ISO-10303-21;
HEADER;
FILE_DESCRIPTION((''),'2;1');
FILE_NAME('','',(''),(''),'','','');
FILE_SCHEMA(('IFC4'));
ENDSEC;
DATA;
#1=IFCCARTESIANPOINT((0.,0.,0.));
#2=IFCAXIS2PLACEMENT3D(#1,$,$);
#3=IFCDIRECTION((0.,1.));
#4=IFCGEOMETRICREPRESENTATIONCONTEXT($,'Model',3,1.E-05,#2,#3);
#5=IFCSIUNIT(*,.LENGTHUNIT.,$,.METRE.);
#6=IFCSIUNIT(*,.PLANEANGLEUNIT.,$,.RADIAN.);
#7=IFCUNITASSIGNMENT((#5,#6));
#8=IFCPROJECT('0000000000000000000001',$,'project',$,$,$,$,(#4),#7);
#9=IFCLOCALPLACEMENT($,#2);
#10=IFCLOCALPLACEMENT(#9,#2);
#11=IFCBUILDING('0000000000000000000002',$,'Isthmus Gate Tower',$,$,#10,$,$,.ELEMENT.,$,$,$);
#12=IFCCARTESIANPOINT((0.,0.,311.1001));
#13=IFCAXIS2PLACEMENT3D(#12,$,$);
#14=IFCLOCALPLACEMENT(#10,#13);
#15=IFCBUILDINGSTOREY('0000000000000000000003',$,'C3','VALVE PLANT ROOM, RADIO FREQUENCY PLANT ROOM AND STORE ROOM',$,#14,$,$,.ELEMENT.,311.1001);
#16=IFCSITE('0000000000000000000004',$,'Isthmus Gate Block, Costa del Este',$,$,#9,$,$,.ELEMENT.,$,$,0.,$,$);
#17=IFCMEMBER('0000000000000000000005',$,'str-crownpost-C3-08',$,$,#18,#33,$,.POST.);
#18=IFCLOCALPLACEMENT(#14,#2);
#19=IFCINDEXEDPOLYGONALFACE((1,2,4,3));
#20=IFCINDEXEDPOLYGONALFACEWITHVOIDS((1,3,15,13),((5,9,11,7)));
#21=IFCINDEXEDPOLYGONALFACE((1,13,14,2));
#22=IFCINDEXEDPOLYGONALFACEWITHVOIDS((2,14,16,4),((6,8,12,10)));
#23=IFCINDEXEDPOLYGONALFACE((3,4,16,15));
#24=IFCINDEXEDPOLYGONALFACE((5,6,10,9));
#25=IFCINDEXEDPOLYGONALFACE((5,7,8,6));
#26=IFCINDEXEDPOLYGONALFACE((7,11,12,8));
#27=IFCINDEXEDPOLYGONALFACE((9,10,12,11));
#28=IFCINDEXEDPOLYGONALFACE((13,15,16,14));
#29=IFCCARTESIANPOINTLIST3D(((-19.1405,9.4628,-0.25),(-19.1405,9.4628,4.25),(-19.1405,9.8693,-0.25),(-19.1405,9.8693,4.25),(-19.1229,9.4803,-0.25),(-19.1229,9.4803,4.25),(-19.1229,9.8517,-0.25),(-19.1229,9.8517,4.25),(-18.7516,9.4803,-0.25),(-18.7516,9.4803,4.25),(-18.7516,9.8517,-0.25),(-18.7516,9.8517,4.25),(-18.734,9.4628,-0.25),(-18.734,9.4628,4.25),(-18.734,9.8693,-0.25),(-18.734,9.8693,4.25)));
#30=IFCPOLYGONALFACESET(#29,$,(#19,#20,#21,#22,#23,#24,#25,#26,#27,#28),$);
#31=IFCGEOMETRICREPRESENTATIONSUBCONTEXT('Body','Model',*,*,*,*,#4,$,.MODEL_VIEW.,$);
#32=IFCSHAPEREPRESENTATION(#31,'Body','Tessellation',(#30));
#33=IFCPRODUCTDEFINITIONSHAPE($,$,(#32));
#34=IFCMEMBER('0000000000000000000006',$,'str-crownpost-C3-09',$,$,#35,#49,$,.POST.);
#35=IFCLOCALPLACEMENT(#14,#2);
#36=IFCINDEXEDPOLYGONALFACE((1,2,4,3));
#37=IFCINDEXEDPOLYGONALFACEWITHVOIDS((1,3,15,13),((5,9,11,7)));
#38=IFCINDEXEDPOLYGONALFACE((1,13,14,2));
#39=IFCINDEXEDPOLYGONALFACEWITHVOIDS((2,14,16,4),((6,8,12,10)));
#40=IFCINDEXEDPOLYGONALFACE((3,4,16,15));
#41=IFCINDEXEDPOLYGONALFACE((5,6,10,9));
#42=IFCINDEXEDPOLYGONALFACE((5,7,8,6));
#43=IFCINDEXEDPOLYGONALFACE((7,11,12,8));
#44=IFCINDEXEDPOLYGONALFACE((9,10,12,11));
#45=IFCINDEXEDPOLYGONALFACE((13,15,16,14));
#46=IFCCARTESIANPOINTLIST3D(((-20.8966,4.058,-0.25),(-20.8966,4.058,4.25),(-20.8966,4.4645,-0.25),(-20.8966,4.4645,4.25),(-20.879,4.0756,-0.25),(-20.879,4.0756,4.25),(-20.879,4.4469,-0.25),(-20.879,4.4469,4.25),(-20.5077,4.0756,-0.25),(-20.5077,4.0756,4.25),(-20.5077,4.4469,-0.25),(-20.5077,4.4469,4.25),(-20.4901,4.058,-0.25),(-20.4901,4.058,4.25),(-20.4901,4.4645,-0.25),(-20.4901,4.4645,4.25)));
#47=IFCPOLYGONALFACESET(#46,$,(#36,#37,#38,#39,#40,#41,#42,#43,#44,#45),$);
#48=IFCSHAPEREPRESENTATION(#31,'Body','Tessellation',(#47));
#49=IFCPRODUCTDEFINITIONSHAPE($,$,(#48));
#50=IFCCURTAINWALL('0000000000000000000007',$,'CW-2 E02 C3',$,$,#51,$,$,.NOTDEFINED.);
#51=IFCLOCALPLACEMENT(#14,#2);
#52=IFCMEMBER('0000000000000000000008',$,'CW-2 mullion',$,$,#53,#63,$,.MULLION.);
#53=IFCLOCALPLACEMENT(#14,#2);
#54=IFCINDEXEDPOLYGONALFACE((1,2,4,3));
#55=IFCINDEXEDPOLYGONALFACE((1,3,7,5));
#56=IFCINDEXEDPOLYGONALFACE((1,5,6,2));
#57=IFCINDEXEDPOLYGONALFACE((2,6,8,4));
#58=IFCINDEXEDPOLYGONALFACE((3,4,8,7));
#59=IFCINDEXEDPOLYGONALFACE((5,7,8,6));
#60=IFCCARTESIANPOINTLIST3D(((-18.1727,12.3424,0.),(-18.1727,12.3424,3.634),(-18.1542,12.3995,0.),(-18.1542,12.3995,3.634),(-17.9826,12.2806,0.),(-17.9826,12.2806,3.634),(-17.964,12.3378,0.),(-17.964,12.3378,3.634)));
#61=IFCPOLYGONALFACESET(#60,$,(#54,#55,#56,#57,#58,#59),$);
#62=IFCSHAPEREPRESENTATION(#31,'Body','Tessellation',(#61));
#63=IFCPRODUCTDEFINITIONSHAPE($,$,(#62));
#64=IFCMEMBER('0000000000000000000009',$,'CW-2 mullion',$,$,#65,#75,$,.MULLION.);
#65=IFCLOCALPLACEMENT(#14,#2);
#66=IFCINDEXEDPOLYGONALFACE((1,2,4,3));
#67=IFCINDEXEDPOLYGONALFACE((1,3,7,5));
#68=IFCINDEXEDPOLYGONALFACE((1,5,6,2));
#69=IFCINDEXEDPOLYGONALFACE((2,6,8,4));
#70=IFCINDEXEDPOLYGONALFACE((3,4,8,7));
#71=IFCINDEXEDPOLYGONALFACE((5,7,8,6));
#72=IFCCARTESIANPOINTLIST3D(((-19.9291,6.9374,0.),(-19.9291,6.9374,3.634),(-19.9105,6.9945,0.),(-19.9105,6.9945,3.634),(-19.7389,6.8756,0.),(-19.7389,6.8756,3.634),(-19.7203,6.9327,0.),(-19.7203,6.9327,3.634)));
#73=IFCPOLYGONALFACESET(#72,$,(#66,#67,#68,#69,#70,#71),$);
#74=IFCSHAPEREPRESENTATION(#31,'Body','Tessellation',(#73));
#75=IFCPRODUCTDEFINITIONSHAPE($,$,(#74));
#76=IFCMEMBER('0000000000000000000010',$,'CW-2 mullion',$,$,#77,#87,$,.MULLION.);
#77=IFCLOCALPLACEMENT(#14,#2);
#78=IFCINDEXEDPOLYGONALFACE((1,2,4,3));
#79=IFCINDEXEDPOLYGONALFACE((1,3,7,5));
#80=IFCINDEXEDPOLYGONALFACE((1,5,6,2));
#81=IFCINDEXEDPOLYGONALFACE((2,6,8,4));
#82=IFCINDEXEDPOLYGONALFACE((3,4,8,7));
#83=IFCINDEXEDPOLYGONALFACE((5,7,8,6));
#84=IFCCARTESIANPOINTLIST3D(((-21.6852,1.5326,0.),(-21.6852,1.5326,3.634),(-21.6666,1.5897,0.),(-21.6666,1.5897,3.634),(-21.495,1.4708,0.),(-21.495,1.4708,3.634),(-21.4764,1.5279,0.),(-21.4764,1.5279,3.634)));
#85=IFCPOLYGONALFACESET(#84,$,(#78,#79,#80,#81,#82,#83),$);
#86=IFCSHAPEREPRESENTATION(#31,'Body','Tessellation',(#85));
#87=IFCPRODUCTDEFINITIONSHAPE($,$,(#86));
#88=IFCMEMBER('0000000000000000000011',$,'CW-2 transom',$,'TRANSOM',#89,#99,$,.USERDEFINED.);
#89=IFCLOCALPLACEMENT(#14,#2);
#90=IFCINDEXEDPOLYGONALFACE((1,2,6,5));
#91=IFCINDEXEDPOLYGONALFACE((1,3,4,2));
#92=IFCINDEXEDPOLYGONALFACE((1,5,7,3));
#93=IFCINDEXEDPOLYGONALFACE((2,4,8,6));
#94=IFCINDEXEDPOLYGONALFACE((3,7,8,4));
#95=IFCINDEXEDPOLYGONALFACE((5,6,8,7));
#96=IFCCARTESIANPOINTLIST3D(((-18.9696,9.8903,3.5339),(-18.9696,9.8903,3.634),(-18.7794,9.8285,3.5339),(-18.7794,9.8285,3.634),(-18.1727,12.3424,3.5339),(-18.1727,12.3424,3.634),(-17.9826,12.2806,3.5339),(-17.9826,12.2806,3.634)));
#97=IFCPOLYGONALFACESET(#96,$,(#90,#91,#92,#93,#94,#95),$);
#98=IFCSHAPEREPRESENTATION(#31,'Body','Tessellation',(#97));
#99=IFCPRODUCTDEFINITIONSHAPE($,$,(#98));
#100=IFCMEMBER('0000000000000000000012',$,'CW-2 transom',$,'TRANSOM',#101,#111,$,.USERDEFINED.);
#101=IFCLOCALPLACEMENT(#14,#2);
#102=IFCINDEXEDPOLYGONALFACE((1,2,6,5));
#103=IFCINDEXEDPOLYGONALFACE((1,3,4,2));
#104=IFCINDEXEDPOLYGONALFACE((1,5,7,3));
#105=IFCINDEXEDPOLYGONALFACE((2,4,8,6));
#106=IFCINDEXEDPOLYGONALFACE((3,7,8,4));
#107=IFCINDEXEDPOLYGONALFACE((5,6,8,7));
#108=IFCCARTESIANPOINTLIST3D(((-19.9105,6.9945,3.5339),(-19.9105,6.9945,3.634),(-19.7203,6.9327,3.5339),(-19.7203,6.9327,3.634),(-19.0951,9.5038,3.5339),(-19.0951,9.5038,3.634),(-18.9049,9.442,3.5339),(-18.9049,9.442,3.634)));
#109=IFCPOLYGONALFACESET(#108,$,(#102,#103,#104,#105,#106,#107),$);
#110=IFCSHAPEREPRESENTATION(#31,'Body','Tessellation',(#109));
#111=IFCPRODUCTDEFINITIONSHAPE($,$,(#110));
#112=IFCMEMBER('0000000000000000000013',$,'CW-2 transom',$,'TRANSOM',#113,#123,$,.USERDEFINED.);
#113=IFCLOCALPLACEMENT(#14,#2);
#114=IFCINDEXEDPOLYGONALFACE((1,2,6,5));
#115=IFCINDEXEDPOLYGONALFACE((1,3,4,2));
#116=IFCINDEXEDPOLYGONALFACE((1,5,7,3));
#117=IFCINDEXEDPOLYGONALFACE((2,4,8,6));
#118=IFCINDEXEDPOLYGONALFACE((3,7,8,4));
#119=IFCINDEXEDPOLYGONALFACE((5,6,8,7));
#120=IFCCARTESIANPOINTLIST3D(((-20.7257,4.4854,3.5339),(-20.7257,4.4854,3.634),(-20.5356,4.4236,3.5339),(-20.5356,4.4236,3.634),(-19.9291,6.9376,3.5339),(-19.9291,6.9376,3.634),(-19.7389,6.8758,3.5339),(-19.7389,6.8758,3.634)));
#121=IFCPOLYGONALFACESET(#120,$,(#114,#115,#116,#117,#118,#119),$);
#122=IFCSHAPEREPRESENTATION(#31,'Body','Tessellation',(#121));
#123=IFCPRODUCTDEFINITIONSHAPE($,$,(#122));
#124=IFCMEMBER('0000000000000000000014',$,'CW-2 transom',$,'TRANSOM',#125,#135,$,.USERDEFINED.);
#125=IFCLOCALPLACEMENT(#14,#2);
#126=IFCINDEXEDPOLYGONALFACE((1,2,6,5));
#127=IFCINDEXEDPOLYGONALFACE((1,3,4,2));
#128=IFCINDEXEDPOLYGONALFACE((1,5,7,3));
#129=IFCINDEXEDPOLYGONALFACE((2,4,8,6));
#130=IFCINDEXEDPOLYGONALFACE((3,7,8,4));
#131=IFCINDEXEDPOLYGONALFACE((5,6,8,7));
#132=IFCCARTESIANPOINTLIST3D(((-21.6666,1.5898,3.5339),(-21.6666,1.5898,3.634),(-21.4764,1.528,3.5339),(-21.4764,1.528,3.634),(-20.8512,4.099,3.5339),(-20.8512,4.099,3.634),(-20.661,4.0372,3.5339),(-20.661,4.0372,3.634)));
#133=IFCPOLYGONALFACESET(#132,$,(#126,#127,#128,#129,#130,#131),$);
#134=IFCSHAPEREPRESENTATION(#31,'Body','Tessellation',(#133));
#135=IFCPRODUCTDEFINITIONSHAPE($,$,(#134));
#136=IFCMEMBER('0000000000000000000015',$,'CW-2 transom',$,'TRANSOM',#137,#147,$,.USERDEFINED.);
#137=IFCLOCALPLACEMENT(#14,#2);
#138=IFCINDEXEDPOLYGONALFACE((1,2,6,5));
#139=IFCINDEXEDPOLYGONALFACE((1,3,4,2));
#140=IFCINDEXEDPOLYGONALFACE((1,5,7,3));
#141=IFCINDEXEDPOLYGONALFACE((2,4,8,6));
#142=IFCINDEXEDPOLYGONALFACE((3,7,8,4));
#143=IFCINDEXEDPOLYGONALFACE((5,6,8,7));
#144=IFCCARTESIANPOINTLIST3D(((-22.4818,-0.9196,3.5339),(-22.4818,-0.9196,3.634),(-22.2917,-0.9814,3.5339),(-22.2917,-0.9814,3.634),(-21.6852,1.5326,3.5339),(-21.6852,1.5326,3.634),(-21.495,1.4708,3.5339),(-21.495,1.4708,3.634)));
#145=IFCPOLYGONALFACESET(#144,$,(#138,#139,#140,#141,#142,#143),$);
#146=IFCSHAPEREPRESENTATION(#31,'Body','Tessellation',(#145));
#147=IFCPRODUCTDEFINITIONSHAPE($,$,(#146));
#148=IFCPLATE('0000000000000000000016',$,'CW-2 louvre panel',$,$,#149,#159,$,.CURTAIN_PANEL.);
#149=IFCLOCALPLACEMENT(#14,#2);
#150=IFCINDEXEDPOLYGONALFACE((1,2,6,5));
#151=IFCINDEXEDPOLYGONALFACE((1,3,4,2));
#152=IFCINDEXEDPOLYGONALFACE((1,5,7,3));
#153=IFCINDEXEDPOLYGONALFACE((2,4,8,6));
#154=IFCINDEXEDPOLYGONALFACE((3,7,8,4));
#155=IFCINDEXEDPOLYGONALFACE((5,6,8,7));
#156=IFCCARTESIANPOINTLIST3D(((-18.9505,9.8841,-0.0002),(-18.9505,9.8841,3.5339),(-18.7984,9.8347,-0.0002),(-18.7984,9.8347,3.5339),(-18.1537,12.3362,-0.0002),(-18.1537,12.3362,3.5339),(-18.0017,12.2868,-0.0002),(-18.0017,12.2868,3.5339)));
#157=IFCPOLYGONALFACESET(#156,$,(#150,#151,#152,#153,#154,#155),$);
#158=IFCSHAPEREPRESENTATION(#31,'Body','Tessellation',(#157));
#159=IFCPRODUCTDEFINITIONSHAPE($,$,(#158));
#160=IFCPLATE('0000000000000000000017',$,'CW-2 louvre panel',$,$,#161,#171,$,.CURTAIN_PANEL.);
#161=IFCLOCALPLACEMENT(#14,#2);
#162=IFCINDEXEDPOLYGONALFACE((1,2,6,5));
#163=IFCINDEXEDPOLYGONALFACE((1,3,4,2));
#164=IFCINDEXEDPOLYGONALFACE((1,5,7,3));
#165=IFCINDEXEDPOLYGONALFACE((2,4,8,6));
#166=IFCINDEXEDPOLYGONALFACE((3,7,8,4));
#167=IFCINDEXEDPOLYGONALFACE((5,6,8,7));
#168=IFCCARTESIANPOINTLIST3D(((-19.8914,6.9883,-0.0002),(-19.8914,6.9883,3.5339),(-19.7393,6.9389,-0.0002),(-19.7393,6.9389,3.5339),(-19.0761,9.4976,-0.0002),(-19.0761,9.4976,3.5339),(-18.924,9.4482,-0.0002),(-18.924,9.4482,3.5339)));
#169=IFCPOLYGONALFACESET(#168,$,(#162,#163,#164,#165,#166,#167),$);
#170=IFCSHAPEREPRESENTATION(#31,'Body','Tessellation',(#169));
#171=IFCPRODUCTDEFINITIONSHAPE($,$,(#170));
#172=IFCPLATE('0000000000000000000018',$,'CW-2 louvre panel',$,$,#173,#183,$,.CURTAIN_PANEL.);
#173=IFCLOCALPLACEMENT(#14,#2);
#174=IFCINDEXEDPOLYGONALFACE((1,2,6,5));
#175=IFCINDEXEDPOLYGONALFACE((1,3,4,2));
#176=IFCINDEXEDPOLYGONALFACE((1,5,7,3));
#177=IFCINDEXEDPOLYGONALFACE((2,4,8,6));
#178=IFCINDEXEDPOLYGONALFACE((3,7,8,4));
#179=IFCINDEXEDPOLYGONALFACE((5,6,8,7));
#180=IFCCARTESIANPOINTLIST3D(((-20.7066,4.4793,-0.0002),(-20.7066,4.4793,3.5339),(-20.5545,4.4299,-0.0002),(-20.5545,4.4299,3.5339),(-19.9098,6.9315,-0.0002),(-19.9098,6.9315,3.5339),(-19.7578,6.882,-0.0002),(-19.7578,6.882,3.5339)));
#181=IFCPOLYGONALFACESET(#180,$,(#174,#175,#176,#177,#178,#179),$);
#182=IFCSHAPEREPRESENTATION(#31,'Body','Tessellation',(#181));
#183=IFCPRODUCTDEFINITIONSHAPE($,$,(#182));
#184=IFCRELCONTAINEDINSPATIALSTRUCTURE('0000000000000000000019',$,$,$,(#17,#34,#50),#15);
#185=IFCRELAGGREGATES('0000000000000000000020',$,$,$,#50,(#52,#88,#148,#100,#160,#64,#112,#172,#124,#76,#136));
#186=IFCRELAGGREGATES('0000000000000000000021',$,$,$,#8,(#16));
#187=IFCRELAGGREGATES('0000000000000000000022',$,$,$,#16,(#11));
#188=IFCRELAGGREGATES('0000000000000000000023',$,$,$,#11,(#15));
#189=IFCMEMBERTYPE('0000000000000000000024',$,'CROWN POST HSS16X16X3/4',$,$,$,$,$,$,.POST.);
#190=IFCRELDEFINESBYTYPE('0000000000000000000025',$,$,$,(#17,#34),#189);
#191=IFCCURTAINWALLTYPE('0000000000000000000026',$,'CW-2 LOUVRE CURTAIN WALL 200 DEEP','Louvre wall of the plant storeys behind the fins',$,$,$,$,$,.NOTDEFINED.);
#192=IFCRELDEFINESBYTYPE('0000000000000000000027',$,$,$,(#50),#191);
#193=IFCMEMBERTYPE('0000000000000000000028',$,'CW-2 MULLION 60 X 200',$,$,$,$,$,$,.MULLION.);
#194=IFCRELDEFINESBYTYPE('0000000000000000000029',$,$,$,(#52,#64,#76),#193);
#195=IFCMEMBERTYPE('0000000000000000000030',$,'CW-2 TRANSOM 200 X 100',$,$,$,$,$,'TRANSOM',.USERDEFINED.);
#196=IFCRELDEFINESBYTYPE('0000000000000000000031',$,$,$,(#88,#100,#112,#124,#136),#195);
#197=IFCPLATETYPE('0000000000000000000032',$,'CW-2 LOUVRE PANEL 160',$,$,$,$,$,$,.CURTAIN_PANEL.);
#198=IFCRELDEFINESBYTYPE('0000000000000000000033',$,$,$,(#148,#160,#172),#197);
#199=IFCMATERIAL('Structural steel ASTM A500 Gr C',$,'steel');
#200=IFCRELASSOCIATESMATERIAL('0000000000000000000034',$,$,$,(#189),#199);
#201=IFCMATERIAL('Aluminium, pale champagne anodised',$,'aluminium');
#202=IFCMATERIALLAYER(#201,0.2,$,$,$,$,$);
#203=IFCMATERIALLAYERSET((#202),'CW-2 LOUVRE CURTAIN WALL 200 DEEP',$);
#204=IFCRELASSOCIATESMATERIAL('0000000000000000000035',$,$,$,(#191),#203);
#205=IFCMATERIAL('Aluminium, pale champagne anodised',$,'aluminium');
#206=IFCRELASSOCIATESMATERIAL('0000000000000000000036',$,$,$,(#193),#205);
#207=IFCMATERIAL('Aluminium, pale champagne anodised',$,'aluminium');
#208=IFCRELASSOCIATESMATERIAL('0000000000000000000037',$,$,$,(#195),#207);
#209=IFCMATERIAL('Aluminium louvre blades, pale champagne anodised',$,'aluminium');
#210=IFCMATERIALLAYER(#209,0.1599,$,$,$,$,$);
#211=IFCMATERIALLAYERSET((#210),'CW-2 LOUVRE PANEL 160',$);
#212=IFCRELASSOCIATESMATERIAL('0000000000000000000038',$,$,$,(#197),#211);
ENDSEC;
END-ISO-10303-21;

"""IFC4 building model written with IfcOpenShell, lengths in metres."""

from ifc_helpers import new_model, si_unit, direction, frame, origin, origin_2d, place, context, subcontext, project, spatial, rectangle, hollow_rectangle, extrude, material, layer, layer_set, material_profile, profile_set, type_object, element, aggregate, save


model = new_model("IFC4")

# Units and contexts
model_context = context("Model", 3, precision=1e-05, world=origin(), true_north=direction((0.0, 1.0)))
body_context = subcontext(model_context, "Body", "Model", "MODEL_VIEW")
ifc_project = project(units=[si_unit("LENGTHUNIT", "METRE"), si_unit("PLANEANGLEUNIT", "RADIAN")], contexts=[model_context])

# Site, building, storey
site_placement = place(None, origin())
site = spatial("IfcSite", under=ifc_project, at=site_placement, Name="Isthmus Gate Block, Costa del Este", CompositionType="ELEMENT", RefElevation=0.0)
building_placement = place(site_placement, origin())
building = spatial("IfcBuilding", under=site, at=building_placement, Name="Isthmus Gate Tower", CompositionType="ELEMENT")
storey_placement = place(building_placement, frame((0.0, 0.0, 311.1001)))
storey = spatial("IfcBuildingStorey", under=building, at=storey_placement, Name="C3", Description="VALVE PLANT ROOM, RADIO FREQUENCY PLANT ROOM AND STORE ROOM", CompositionType="ELEMENT", Elevation=311.1001)

# Members
ifc_material_1 = material(Name="Structural steel ASTM A500 Gr C", Category="steel")
ifc_material_profile_1 = material_profile(ifc_material_1, hollow_rectangle(XDim=0.4065, YDim=0.4065, WallThickness=0.0176, at=origin_2d()), Name="HSS16X16X3/4")
ifc_profile_set_1 = profile_set([ifc_material_profile_1], Name="Structural steel ASTM A500 Gr C")
member_type_1 = type_object("IfcMemberType", Name="CROWN POST HSS16X16X3/4", PredefinedType="POST", material=ifc_profile_set_1)
for number, where, z_axis, x_axis, name in (
    (1, (-18.9373, 9.666, -0.25), (0.0, 0.0, 1.0), (1.0, 0.0, 0.0), "str-crownpost-C3-08"),
    (2, (-20.6934, 4.2612, -0.25), (0.0, 0.0, 1.0), (1.0, 0.0, 0.0), "str-crownpost-C3-09"),
):
    element("IfcMember", number, at=place(storey_placement, frame(where, z_axis=z_axis, x_axis=x_axis)), inside=storey, type_object=member_type_1, Name=name, PredefinedType="POST", context=body_context, shape_type="SweptSolid", body=[
        extrude(hollow_rectangle(XDim=0.4065, YDim=0.4065, WallThickness=0.0176, at=origin_2d()), origin(), (0.0, 0.0, 1.0), 4.5),
    ])

# Curtain wall, members, plates
ifc_material_2 = material(Name="Aluminium, pale champagne anodised", Category="aluminium")
ifc_layer_1 = layer(ifc_material_2, 0.2)
ifc_layer_set_1 = layer_set([ifc_layer_1], Name="CW-2 LOUVRE CURTAIN WALL 200 DEEP")
curtain_wall_type = type_object("IfcCurtainWallType", Name="CW-2 LOUVRE CURTAIN WALL 200 DEEP", Description="Louvre wall of the plant storeys behind the fins", PredefinedType="NOTDEFINED", material=ifc_layer_set_1)
curtain_wall_placement = place(storey_placement, origin())
curtain_wall = element("IfcCurtainWall", 3, at=curtain_wall_placement, inside=storey, type_object=curtain_wall_type, Name="CW-2 E02 C3", PredefinedType="NOTDEFINED")
ifc_material_3 = material(Name="Aluminium, pale champagne anodised", Category="aluminium")
ifc_material_profile_2 = material_profile(ifc_material_3, rectangle(XDim=0.0601, YDim=0.2, at=origin_2d()), Name="60x200")
ifc_profile_set_2 = profile_set([ifc_material_profile_2], Name="Aluminium, pale champagne anodised")
member_type_2 = type_object("IfcMemberType", Name="CW-2 MULLION 60 X 200", PredefinedType="MULLION", material=ifc_profile_set_2)
member_1_placement = place(storey_placement, frame((-18.0684, 12.3401, 0.0), z_axis=(0.0, 0.0, 1.0), x_axis=(-0.309017, -0.951057, 0.0)))
member_1 = element("IfcMember", 4, at=member_1_placement, type_object=member_type_2, Name="CW-2 mullion", PredefinedType="MULLION", context=body_context, shape_type="SweptSolid", body=[
    extrude(rectangle(XDim=0.0601, YDim=0.2, at=origin_2d()), origin(), (0.0, 0.0, 1.0), 3.634),
])
member_2_placement = place(storey_placement, frame((-19.8247, 6.9351, 0.0), z_axis=(0.0, 0.0, 1.0), x_axis=(-0.309017, -0.951057, 0.0)))
member_2 = element("IfcMember", 5, at=member_2_placement, type_object=member_type_2, Name="CW-2 mullion", PredefinedType="MULLION", context=body_context, shape_type="SweptSolid", body=[
    extrude(rectangle(XDim=0.0601, YDim=0.2, at=origin_2d()), origin(), (0.0, 0.0, 1.0), 3.634),
])
member_3_placement = place(storey_placement, frame((-21.5808, 1.5303, 0.0), z_axis=(0.0, 0.0, 1.0), x_axis=(-0.309017, -0.951057, 0.0)))
member_3 = element("IfcMember", 6, at=member_3_placement, type_object=member_type_2, Name="CW-2 mullion", PredefinedType="MULLION", context=body_context, shape_type="SweptSolid", body=[
    extrude(rectangle(XDim=0.0601, YDim=0.2, at=origin_2d()), origin(), (0.0, 0.0, 1.0), 3.634),
])
ifc_material_4 = material(Name="Aluminium, pale champagne anodised", Category="aluminium")
ifc_material_profile_3 = material_profile(ifc_material_4, rectangle(XDim=0.2, YDim=0.1001, at=origin_2d()), Name="200x100")
ifc_profile_set_3 = profile_set([ifc_material_profile_3], Name="Aluminium, pale champagne anodised")
member_type_3 = type_object("IfcMemberType", Name="CW-2 TRANSOM 200 X 100", ElementType="TRANSOM", PredefinedType="USERDEFINED", material=ifc_profile_set_3)
member_4_placement = place(storey_placement, frame((-18.0776, 12.3115, 3.584), z_axis=(-0.30906, -0.951042, 0.0), x_axis=(0.951042, -0.30906, 0.0)))
member_4 = element("IfcMember", 7, at=member_4_placement, type_object=member_type_3, Name="CW-2 transom", ObjectType="TRANSOM", PredefinedType="USERDEFINED", context=body_context, shape_type="SweptSolid", body=[
    extrude(rectangle(XDim=0.2, YDim=0.1001, at=origin_2d()), origin(), (0.0, 0.0, 1.0), 2.5784),
])
member_5_placement = place(storey_placement, frame((-19.0, 9.4729, 3.584), z_axis=(-0.309057, -0.951044, 0.0), x_axis=(0.951044, -0.309057, 0.0)))
member_5 = element("IfcMember", 8, at=member_5_placement, type_object=member_type_3, Name="CW-2 transom", ObjectType="TRANSOM", PredefinedType="USERDEFINED", context=body_context, shape_type="SweptSolid", body=[
    extrude(rectangle(XDim=0.2, YDim=0.1001, at=origin_2d()), origin(), (0.0, 0.0, 1.0), 2.6384),
])
member_6_placement = place(storey_placement, frame((-19.834, 6.9067, 3.584), z_axis=(-0.308975, -0.95107, 0.0), x_axis=(0.95107, -0.308975, 0.0)))
member_6 = element("IfcMember", 9, at=member_6_placement, type_object=member_type_3, Name="CW-2 transom", ObjectType="TRANSOM", PredefinedType="USERDEFINED", context=body_context, shape_type="SweptSolid", body=[
    extrude(rectangle(XDim=0.2, YDim=0.1001, at=origin_2d()), origin(), (0.0, 0.0, 1.0), 2.5784),
])
member_7_placement = place(storey_placement, frame((-20.7561, 4.0681, 3.584), z_axis=(-0.309057, -0.951044, 0.0), x_axis=(0.951044, -0.309057, 0.0)))
member_7 = element("IfcMember", 10, at=member_7_placement, type_object=member_type_3, Name="CW-2 transom", ObjectType="TRANSOM", PredefinedType="USERDEFINED", context=body_context, shape_type="SweptSolid", body=[
    extrude(rectangle(XDim=0.2, YDim=0.1001, at=origin_2d()), origin(), (0.0, 0.0, 1.0), 2.6384),
])
member_8_placement = place(storey_placement, frame((-21.5901, 1.5017, 3.584), z_axis=(-0.308975, -0.95107, 0.0), x_axis=(0.95107, -0.308975, 0.0)))
member_8 = element("IfcMember", 11, at=member_8_placement, type_object=member_type_3, Name="CW-2 transom", ObjectType="TRANSOM", PredefinedType="USERDEFINED", context=body_context, shape_type="SweptSolid", body=[
    extrude(rectangle(XDim=0.2, YDim=0.1001, at=origin_2d()), origin(), (0.0, 0.0, 1.0), 2.5784),
])
ifc_material_5 = material(Name="Aluminium louvre blades, pale champagne anodised", Category="aluminium")
ifc_layer_2 = layer(ifc_material_5, 0.1599)
ifc_layer_set_2 = layer_set([ifc_layer_2], Name="CW-2 LOUVRE PANEL 160")
plate_type = type_object("IfcPlateType", Name="CW-2 LOUVRE PANEL 160", PredefinedType="CURTAIN_PANEL", material=ifc_layer_set_2)
plate_1_placement = place(storey_placement, frame((-18.4761, 11.0854, -0.0002), z_axis=(0.0, 0.0, 1.0), x_axis=(-0.309017, -0.951057, 0.0)))
plate_1 = element("IfcPlate", 12, at=plate_1_placement, type_object=plate_type, Name="CW-2 louvre panel", PredefinedType="CURTAIN_PANEL", context=body_context, shape_type="SweptSolid", body=[
    extrude(rectangle(XDim=2.5784, YDim=0.1599, at=origin_2d()), origin(), (0.0, 0.0, 1.0), 3.5342),
])
plate_2_placement = place(storey_placement, frame((-19.4077, 8.2183, -0.0002), z_axis=(0.0, 0.0, 1.0), x_axis=(-0.309017, -0.951057, 0.0)))
plate_2 = element("IfcPlate", 13, at=plate_2_placement, type_object=plate_type, Name="CW-2 louvre panel", PredefinedType="CURTAIN_PANEL", context=body_context, shape_type="SweptSolid", body=[
    extrude(rectangle(XDim=2.6384, YDim=0.1599, at=origin_2d()), origin(), (0.0, 0.0, 1.0), 3.5342),
])
plate_3_placement = place(storey_placement, frame((-20.2322, 5.6807, -0.0002), z_axis=(0.0, 0.0, 1.0), x_axis=(-0.309017, -0.951057, 0.0)))
plate_3 = element("IfcPlate", 14, at=plate_3_placement, type_object=plate_type, Name="CW-2 louvre panel", PredefinedType="CURTAIN_PANEL", context=body_context, shape_type="SweptSolid", body=[
    extrude(rectangle(XDim=2.5784, YDim=0.1599, at=origin_2d()), origin(), (0.0, 0.0, 1.0), 3.5342),
])
aggregate(curtain_wall, [member_1, member_4, plate_1, member_5, plate_2, member_2, member_6, plate_3, member_7, member_3, member_8])

save(model, "model.ifc")
